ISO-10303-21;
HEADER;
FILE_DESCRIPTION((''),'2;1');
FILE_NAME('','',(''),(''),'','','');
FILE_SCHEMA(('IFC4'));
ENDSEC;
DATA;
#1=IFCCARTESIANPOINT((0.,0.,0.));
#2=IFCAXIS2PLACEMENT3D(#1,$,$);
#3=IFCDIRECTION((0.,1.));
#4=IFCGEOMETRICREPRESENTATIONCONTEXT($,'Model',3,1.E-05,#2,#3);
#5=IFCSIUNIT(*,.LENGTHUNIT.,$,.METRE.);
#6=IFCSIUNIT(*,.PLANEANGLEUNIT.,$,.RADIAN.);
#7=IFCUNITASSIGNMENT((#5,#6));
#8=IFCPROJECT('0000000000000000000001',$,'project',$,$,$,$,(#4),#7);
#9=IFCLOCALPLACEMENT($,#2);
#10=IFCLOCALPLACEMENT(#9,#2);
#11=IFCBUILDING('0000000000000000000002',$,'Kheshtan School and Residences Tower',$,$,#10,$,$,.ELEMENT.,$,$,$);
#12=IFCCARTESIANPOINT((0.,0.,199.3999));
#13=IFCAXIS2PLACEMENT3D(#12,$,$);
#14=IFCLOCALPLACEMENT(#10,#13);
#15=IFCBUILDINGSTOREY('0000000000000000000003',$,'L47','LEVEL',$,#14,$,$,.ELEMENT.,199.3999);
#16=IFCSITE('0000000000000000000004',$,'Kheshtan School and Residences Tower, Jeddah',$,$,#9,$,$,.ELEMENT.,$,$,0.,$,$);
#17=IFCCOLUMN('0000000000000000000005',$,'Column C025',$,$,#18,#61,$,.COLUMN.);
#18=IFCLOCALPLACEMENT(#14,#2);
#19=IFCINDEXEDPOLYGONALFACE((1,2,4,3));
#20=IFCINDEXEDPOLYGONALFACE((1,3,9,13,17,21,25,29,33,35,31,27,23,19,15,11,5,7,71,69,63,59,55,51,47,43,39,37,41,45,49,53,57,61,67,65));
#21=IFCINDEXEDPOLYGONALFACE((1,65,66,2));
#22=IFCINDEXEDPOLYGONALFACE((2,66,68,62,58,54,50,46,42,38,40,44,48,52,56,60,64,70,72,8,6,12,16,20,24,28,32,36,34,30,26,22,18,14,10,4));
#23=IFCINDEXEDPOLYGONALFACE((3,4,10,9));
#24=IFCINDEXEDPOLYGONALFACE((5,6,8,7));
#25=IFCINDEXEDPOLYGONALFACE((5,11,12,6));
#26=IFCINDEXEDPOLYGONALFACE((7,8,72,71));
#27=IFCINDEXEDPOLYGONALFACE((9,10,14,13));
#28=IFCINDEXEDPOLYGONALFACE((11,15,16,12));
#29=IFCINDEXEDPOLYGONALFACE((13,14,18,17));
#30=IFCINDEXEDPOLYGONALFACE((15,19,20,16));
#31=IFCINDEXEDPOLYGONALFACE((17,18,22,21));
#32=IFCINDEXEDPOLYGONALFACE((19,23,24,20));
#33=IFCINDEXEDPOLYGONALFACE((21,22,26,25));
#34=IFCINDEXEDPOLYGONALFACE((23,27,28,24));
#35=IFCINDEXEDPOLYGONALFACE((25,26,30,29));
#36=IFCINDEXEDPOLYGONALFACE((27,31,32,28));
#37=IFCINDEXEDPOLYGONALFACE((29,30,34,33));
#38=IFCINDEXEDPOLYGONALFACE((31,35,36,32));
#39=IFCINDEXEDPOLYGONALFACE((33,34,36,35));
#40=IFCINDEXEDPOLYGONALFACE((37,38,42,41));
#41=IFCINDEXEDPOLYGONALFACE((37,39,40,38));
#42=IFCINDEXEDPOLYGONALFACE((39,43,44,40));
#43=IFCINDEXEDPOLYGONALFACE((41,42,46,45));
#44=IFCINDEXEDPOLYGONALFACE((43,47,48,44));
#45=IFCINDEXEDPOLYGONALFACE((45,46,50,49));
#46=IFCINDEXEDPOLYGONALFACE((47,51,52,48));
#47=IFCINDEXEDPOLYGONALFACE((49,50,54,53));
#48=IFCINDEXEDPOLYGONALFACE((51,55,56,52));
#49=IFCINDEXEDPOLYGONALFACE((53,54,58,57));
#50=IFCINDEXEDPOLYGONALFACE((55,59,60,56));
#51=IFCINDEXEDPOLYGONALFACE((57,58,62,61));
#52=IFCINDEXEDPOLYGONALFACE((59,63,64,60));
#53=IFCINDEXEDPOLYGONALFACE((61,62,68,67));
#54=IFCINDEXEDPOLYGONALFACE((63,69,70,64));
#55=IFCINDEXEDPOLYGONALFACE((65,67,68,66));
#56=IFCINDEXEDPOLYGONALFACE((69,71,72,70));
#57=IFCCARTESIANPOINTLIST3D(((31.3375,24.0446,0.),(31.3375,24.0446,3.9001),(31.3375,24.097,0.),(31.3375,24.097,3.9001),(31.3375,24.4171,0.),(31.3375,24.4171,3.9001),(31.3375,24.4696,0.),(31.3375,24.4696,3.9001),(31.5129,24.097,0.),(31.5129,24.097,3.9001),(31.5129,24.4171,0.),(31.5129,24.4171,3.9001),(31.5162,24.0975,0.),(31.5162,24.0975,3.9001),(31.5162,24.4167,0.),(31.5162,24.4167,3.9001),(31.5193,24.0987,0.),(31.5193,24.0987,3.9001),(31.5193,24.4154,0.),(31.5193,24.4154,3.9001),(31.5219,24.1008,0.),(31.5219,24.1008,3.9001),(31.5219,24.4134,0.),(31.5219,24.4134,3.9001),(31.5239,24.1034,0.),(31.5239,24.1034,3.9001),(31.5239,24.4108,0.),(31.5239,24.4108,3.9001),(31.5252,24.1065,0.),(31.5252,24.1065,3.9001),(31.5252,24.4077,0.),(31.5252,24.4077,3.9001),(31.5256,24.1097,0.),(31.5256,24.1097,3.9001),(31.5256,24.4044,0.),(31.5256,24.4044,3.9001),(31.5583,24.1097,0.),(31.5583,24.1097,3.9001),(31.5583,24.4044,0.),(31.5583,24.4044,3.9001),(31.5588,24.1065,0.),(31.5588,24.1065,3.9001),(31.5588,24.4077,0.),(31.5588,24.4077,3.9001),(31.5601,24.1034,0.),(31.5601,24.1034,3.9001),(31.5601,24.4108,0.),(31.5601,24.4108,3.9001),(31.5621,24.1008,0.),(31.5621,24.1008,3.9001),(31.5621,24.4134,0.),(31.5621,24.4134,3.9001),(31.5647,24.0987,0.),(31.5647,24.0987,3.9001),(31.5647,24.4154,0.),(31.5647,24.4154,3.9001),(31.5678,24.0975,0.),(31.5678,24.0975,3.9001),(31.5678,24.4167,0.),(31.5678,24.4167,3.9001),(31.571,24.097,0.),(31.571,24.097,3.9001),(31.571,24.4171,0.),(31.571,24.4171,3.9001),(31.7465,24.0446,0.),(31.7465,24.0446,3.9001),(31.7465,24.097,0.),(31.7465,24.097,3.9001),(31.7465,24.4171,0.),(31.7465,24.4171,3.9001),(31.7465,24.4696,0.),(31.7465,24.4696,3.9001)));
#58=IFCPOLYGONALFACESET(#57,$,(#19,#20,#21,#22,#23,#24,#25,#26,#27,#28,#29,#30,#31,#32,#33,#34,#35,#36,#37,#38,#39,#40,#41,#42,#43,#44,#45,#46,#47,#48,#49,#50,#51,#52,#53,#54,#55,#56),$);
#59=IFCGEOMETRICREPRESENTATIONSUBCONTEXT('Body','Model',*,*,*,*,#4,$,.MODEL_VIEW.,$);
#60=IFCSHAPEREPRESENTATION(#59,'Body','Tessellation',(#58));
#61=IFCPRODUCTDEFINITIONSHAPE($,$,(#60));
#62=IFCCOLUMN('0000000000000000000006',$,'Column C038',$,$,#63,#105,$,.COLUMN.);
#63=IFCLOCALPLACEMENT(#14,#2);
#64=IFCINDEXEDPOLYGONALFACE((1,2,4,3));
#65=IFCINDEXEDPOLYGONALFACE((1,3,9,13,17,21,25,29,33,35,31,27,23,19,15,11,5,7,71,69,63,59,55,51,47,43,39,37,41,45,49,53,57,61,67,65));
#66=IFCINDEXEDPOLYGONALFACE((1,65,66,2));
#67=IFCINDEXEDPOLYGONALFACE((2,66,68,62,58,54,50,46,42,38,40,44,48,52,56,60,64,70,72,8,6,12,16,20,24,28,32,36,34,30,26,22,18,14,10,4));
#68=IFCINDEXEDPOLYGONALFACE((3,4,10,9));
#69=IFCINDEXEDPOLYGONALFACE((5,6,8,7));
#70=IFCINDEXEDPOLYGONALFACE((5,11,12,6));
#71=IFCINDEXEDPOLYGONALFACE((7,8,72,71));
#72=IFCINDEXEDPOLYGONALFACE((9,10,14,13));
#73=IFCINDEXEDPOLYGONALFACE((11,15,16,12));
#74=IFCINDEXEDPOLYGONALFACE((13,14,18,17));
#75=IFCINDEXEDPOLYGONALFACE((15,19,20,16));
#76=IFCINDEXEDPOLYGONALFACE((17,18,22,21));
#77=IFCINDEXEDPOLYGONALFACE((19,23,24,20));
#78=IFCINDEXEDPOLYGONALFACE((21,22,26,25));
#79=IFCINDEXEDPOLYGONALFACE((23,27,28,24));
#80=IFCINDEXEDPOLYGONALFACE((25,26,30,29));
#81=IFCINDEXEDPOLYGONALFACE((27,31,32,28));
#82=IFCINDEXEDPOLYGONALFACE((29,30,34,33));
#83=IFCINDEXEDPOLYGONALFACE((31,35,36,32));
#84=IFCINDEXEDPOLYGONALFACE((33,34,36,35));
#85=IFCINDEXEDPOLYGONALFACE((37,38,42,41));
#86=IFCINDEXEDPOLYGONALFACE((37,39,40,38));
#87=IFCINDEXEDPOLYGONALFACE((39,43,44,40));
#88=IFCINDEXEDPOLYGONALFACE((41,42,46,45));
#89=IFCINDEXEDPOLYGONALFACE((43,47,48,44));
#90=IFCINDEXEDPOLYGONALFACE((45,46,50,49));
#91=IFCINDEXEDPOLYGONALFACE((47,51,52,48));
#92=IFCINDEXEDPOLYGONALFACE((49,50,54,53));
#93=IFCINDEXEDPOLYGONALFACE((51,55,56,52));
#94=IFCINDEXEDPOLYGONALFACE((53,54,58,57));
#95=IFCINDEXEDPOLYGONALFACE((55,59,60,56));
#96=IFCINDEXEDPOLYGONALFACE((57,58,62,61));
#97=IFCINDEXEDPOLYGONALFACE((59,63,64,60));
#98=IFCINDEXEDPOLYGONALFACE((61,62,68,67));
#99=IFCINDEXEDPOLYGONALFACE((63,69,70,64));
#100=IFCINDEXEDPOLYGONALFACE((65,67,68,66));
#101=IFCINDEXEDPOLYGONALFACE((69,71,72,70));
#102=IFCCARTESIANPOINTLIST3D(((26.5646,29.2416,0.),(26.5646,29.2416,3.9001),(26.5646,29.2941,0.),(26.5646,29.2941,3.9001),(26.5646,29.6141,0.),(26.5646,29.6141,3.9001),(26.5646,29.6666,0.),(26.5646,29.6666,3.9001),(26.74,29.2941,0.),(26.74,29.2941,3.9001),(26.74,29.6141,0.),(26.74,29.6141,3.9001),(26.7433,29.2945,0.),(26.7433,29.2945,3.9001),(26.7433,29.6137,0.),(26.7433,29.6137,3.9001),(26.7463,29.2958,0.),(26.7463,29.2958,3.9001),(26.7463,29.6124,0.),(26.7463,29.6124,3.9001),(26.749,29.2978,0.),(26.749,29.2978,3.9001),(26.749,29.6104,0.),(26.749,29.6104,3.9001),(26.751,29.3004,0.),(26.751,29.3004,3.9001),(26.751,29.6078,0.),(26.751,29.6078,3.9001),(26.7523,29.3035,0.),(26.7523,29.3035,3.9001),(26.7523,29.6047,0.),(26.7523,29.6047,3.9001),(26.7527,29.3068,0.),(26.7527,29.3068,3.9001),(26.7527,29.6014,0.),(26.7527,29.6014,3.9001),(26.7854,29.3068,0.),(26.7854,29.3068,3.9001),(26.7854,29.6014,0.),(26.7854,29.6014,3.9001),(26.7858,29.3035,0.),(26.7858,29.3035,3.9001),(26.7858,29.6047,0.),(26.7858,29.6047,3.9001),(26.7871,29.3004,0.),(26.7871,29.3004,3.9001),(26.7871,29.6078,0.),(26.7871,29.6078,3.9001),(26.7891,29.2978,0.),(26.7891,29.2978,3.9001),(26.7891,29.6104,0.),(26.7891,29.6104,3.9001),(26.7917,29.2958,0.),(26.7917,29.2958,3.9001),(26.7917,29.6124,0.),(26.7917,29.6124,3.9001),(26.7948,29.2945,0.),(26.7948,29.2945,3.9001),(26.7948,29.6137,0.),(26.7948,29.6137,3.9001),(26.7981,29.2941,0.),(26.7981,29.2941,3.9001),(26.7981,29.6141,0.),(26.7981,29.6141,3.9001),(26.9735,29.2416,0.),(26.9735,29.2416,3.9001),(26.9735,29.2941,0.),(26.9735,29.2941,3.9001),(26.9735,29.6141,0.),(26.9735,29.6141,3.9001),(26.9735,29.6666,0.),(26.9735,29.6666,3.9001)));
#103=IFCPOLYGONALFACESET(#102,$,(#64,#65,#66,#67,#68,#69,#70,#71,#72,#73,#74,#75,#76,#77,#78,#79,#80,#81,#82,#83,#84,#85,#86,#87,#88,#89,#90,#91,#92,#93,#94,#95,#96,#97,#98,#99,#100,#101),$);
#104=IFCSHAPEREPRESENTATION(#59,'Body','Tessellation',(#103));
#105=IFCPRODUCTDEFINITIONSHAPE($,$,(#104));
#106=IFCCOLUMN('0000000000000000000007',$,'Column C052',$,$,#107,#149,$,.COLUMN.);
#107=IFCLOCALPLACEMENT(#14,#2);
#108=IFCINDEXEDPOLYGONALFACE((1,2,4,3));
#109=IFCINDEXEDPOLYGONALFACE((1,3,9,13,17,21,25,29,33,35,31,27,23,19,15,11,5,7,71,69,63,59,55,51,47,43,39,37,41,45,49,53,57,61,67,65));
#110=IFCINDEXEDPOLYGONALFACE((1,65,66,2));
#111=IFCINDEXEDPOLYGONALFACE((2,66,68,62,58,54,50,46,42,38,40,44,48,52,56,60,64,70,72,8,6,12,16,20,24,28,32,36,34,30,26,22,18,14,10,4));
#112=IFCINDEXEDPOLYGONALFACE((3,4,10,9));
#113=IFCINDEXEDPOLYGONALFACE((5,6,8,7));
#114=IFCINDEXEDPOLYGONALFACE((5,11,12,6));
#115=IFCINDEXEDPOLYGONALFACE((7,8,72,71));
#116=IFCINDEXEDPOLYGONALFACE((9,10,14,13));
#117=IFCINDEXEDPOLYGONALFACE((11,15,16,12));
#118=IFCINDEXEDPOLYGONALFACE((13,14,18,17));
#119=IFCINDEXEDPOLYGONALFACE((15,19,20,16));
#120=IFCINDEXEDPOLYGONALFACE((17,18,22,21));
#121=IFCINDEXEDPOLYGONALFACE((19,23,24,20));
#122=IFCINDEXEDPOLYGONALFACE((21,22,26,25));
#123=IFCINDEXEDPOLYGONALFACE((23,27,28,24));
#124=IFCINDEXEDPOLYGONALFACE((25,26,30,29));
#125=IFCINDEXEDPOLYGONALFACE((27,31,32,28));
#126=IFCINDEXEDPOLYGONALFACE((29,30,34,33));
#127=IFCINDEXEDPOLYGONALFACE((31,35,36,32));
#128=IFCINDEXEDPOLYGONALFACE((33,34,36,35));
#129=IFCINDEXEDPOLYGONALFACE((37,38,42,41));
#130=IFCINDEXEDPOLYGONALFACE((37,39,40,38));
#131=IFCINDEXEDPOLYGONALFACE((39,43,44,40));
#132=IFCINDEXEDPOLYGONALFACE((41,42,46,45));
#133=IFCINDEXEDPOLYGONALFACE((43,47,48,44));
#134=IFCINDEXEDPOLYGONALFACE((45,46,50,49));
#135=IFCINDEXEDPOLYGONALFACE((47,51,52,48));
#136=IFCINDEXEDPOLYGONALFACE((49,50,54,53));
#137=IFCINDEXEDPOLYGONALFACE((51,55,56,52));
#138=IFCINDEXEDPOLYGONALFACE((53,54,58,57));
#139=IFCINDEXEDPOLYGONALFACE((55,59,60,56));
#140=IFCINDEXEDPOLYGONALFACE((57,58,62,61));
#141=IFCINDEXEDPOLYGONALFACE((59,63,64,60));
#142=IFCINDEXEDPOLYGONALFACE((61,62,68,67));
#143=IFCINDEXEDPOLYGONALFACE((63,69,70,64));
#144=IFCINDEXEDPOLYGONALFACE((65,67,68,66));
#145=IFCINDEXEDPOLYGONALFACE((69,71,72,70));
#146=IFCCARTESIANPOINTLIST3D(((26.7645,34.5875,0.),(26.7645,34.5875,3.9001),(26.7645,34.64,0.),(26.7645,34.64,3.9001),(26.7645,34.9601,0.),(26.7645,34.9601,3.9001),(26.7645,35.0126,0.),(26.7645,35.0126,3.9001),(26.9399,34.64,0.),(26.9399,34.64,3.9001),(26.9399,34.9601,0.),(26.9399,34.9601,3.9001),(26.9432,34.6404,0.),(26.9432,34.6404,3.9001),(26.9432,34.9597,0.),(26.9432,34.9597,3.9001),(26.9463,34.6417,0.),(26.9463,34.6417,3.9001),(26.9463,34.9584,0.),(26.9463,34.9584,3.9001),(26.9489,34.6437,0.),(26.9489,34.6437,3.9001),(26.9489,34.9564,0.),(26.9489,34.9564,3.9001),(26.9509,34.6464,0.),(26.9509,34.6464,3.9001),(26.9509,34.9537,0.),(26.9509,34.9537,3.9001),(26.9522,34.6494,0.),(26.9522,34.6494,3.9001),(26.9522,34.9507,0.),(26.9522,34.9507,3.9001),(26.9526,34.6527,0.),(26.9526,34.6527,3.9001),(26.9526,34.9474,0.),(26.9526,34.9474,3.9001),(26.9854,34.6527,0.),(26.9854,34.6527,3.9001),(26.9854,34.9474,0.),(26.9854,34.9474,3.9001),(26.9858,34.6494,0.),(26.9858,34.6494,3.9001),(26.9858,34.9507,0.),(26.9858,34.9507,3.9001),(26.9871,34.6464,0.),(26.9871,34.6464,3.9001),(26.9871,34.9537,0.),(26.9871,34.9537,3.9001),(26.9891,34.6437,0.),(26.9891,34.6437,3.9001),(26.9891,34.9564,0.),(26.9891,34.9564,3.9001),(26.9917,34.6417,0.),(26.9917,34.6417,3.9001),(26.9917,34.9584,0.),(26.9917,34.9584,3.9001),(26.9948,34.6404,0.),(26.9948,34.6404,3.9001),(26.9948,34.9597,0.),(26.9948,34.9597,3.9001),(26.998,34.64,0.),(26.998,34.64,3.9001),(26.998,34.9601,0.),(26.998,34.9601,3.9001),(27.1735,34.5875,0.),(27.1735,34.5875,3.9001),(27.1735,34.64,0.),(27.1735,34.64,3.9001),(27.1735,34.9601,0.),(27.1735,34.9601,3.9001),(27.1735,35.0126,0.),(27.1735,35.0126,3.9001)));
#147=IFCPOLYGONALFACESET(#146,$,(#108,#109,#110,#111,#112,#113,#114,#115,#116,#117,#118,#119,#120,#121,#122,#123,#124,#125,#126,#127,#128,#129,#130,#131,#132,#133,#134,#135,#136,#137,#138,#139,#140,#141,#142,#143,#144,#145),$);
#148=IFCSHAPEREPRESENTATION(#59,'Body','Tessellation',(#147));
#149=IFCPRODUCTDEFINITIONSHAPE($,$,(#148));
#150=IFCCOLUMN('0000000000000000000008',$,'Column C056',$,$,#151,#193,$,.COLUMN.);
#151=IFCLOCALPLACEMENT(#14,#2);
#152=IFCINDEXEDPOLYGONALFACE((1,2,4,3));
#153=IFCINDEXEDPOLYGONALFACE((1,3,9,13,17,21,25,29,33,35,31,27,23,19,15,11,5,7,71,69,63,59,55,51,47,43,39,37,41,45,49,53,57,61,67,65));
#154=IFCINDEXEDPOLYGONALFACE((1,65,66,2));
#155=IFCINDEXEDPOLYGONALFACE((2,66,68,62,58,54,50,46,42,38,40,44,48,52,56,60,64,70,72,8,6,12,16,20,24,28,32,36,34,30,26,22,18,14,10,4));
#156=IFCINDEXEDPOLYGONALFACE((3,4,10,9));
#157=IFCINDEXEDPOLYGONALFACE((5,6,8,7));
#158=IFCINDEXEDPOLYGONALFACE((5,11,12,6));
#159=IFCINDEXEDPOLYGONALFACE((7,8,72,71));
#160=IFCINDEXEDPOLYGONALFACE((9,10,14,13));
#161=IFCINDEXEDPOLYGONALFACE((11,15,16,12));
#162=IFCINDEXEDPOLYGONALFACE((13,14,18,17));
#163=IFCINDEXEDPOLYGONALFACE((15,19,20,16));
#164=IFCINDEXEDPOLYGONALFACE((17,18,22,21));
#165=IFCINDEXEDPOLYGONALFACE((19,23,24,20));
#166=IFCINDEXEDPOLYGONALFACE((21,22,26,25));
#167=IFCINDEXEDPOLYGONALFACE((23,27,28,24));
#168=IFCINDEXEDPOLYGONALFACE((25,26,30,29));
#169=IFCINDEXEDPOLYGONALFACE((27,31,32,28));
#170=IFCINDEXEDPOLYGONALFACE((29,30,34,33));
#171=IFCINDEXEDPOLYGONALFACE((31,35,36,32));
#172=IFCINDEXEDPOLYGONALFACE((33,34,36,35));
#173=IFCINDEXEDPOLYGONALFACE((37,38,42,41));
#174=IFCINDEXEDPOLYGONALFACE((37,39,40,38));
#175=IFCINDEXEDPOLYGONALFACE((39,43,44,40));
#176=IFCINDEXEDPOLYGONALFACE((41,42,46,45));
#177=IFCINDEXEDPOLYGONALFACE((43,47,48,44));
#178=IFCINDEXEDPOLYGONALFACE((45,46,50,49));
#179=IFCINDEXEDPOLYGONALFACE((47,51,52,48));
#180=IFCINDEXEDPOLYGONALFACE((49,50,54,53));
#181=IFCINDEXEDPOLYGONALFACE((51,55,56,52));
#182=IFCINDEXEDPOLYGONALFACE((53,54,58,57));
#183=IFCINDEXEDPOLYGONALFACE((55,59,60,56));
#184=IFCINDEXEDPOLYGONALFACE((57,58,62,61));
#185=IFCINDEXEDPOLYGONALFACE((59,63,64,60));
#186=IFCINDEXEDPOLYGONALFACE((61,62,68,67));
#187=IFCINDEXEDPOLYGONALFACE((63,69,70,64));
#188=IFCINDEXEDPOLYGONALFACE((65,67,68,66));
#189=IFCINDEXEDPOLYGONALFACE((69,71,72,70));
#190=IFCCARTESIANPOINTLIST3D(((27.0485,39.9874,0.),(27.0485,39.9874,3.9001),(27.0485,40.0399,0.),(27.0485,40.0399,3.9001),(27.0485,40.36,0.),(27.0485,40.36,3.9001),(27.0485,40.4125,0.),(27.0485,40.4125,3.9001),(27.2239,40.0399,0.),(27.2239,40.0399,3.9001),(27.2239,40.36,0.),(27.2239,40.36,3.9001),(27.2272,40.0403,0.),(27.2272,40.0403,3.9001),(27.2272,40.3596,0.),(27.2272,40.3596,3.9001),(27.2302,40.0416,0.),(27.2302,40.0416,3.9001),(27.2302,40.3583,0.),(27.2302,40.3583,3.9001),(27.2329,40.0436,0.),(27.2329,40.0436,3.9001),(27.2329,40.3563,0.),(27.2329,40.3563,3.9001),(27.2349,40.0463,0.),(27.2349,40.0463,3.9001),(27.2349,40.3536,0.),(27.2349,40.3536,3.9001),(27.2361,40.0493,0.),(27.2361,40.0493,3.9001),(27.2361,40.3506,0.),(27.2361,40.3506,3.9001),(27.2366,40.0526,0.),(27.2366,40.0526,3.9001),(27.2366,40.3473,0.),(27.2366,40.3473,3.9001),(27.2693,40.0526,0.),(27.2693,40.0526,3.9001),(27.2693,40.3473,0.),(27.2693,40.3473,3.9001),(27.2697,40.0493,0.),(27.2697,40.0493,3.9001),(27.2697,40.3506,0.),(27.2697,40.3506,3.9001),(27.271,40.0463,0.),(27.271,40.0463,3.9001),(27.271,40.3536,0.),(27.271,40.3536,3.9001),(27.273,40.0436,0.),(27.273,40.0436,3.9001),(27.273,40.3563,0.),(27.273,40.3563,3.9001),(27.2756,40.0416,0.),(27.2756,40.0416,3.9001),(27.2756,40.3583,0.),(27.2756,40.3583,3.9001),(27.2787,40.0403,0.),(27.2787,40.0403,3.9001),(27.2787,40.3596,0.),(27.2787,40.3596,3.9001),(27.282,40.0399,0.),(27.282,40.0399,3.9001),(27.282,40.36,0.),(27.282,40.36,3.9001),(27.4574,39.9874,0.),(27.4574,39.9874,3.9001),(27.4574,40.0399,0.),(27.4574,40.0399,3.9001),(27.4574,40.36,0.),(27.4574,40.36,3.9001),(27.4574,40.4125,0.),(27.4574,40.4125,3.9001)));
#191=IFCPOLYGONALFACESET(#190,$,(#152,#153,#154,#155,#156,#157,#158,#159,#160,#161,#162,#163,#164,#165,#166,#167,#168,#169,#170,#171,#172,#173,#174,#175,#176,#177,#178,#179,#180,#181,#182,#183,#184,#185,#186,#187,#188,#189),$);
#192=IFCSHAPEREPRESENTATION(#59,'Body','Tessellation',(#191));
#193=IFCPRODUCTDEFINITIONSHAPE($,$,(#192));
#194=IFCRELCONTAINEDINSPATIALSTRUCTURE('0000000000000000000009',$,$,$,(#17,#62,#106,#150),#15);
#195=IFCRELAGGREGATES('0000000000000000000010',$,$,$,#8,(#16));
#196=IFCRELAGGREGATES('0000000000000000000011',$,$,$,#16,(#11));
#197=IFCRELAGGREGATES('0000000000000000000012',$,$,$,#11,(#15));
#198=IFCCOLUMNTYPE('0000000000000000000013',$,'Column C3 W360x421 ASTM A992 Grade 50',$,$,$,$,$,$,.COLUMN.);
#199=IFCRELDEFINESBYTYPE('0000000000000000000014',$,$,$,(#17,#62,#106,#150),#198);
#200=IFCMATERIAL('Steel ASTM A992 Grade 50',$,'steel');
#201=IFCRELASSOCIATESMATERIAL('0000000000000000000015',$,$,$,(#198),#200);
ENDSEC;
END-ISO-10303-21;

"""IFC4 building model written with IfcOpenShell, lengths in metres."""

from ifc_helpers import new_model, si_unit, direction, frame, origin, origin_2d, place, context, subcontext, project, spatial, i_section, extrude, material, material_profile, profile_set, type_object, element, save


model = new_model("IFC4")

# Units and contexts
model_context = context("Model", 3, precision=1e-05, world=origin(), true_north=direction((0.0, 1.0)))
body_context = subcontext(model_context, "Body", "Model", "MODEL_VIEW")
ifc_project = project(units=[si_unit("LENGTHUNIT", "METRE"), si_unit("PLANEANGLEUNIT", "RADIAN")], contexts=[model_context])

# Site, building, storey
site_placement = place(None, origin())
site = spatial("IfcSite", under=ifc_project, at=site_placement, Name="Kheshtan School and Residences Tower, Jeddah", CompositionType="ELEMENT", RefElevation=0.0)
building_placement = place(site_placement, origin())
building = spatial("IfcBuilding", under=site, at=building_placement, Name="Kheshtan School and Residences Tower", CompositionType="ELEMENT")
storey_placement = place(building_placement, frame((0.0, 0.0, 199.3999)))
storey = spatial("IfcBuildingStorey", under=building, at=storey_placement, Name="L47", Description="LEVEL", CompositionType="ELEMENT", Elevation=199.3999)

# Columns
ifc_material_1 = material(Name="Steel ASTM A992 Grade 50", Category="steel")
ifc_material_profile_1 = material_profile(ifc_material_1, i_section(OverallWidth=0.4089, OverallDepth=0.425, WebThickness=0.0327, FlangeThickness=0.0525, FilletRadius=0.0127, at=origin_2d()), Name="W360x421")
ifc_profile_set_1 = profile_set([ifc_material_profile_1], Name="Steel ASTM A992 Grade 50")
column_type = type_object("IfcColumnType", Name="Column C3 W360x421 ASTM A992 Grade 50", PredefinedType="COLUMN", material=ifc_profile_set_1)
for number, where, z_axis, x_axis, name in (
    (1, (31.542, 24.2571, 0.0), (0.0, 0.0, 1.0), (1.0, 0.0, 0.0), "Column C025"),
    (2, (26.769, 29.4541, 0.0), (0.0, 0.0, 1.0), (1.0, 0.0, 0.0), "Column C038"),
    (3, (26.969, 34.8, 0.0), (0.0, 0.0, 1.0), (1.0, 0.0, 0.0), "Column C052"),
    (4, (27.2529, 40.2, 0.0), (0.0, 0.0, 1.0), (1.0, 0.0, 0.0), "Column C056"),
):
    element("IfcColumn", number, at=place(storey_placement, frame(where, z_axis=z_axis, x_axis=x_axis)), inside=storey, type_object=column_type, Name=name, PredefinedType="COLUMN", context=body_context, shape_type="SweptSolid", body=[
        extrude(i_section(OverallWidth=0.4089, OverallDepth=0.425, WebThickness=0.0327, FlangeThickness=0.0525, FilletRadius=0.0127, at=origin_2d()), origin(), (0.0, 0.0, 1.0), 3.9001),
    ])

save(model, "model.ifc")
